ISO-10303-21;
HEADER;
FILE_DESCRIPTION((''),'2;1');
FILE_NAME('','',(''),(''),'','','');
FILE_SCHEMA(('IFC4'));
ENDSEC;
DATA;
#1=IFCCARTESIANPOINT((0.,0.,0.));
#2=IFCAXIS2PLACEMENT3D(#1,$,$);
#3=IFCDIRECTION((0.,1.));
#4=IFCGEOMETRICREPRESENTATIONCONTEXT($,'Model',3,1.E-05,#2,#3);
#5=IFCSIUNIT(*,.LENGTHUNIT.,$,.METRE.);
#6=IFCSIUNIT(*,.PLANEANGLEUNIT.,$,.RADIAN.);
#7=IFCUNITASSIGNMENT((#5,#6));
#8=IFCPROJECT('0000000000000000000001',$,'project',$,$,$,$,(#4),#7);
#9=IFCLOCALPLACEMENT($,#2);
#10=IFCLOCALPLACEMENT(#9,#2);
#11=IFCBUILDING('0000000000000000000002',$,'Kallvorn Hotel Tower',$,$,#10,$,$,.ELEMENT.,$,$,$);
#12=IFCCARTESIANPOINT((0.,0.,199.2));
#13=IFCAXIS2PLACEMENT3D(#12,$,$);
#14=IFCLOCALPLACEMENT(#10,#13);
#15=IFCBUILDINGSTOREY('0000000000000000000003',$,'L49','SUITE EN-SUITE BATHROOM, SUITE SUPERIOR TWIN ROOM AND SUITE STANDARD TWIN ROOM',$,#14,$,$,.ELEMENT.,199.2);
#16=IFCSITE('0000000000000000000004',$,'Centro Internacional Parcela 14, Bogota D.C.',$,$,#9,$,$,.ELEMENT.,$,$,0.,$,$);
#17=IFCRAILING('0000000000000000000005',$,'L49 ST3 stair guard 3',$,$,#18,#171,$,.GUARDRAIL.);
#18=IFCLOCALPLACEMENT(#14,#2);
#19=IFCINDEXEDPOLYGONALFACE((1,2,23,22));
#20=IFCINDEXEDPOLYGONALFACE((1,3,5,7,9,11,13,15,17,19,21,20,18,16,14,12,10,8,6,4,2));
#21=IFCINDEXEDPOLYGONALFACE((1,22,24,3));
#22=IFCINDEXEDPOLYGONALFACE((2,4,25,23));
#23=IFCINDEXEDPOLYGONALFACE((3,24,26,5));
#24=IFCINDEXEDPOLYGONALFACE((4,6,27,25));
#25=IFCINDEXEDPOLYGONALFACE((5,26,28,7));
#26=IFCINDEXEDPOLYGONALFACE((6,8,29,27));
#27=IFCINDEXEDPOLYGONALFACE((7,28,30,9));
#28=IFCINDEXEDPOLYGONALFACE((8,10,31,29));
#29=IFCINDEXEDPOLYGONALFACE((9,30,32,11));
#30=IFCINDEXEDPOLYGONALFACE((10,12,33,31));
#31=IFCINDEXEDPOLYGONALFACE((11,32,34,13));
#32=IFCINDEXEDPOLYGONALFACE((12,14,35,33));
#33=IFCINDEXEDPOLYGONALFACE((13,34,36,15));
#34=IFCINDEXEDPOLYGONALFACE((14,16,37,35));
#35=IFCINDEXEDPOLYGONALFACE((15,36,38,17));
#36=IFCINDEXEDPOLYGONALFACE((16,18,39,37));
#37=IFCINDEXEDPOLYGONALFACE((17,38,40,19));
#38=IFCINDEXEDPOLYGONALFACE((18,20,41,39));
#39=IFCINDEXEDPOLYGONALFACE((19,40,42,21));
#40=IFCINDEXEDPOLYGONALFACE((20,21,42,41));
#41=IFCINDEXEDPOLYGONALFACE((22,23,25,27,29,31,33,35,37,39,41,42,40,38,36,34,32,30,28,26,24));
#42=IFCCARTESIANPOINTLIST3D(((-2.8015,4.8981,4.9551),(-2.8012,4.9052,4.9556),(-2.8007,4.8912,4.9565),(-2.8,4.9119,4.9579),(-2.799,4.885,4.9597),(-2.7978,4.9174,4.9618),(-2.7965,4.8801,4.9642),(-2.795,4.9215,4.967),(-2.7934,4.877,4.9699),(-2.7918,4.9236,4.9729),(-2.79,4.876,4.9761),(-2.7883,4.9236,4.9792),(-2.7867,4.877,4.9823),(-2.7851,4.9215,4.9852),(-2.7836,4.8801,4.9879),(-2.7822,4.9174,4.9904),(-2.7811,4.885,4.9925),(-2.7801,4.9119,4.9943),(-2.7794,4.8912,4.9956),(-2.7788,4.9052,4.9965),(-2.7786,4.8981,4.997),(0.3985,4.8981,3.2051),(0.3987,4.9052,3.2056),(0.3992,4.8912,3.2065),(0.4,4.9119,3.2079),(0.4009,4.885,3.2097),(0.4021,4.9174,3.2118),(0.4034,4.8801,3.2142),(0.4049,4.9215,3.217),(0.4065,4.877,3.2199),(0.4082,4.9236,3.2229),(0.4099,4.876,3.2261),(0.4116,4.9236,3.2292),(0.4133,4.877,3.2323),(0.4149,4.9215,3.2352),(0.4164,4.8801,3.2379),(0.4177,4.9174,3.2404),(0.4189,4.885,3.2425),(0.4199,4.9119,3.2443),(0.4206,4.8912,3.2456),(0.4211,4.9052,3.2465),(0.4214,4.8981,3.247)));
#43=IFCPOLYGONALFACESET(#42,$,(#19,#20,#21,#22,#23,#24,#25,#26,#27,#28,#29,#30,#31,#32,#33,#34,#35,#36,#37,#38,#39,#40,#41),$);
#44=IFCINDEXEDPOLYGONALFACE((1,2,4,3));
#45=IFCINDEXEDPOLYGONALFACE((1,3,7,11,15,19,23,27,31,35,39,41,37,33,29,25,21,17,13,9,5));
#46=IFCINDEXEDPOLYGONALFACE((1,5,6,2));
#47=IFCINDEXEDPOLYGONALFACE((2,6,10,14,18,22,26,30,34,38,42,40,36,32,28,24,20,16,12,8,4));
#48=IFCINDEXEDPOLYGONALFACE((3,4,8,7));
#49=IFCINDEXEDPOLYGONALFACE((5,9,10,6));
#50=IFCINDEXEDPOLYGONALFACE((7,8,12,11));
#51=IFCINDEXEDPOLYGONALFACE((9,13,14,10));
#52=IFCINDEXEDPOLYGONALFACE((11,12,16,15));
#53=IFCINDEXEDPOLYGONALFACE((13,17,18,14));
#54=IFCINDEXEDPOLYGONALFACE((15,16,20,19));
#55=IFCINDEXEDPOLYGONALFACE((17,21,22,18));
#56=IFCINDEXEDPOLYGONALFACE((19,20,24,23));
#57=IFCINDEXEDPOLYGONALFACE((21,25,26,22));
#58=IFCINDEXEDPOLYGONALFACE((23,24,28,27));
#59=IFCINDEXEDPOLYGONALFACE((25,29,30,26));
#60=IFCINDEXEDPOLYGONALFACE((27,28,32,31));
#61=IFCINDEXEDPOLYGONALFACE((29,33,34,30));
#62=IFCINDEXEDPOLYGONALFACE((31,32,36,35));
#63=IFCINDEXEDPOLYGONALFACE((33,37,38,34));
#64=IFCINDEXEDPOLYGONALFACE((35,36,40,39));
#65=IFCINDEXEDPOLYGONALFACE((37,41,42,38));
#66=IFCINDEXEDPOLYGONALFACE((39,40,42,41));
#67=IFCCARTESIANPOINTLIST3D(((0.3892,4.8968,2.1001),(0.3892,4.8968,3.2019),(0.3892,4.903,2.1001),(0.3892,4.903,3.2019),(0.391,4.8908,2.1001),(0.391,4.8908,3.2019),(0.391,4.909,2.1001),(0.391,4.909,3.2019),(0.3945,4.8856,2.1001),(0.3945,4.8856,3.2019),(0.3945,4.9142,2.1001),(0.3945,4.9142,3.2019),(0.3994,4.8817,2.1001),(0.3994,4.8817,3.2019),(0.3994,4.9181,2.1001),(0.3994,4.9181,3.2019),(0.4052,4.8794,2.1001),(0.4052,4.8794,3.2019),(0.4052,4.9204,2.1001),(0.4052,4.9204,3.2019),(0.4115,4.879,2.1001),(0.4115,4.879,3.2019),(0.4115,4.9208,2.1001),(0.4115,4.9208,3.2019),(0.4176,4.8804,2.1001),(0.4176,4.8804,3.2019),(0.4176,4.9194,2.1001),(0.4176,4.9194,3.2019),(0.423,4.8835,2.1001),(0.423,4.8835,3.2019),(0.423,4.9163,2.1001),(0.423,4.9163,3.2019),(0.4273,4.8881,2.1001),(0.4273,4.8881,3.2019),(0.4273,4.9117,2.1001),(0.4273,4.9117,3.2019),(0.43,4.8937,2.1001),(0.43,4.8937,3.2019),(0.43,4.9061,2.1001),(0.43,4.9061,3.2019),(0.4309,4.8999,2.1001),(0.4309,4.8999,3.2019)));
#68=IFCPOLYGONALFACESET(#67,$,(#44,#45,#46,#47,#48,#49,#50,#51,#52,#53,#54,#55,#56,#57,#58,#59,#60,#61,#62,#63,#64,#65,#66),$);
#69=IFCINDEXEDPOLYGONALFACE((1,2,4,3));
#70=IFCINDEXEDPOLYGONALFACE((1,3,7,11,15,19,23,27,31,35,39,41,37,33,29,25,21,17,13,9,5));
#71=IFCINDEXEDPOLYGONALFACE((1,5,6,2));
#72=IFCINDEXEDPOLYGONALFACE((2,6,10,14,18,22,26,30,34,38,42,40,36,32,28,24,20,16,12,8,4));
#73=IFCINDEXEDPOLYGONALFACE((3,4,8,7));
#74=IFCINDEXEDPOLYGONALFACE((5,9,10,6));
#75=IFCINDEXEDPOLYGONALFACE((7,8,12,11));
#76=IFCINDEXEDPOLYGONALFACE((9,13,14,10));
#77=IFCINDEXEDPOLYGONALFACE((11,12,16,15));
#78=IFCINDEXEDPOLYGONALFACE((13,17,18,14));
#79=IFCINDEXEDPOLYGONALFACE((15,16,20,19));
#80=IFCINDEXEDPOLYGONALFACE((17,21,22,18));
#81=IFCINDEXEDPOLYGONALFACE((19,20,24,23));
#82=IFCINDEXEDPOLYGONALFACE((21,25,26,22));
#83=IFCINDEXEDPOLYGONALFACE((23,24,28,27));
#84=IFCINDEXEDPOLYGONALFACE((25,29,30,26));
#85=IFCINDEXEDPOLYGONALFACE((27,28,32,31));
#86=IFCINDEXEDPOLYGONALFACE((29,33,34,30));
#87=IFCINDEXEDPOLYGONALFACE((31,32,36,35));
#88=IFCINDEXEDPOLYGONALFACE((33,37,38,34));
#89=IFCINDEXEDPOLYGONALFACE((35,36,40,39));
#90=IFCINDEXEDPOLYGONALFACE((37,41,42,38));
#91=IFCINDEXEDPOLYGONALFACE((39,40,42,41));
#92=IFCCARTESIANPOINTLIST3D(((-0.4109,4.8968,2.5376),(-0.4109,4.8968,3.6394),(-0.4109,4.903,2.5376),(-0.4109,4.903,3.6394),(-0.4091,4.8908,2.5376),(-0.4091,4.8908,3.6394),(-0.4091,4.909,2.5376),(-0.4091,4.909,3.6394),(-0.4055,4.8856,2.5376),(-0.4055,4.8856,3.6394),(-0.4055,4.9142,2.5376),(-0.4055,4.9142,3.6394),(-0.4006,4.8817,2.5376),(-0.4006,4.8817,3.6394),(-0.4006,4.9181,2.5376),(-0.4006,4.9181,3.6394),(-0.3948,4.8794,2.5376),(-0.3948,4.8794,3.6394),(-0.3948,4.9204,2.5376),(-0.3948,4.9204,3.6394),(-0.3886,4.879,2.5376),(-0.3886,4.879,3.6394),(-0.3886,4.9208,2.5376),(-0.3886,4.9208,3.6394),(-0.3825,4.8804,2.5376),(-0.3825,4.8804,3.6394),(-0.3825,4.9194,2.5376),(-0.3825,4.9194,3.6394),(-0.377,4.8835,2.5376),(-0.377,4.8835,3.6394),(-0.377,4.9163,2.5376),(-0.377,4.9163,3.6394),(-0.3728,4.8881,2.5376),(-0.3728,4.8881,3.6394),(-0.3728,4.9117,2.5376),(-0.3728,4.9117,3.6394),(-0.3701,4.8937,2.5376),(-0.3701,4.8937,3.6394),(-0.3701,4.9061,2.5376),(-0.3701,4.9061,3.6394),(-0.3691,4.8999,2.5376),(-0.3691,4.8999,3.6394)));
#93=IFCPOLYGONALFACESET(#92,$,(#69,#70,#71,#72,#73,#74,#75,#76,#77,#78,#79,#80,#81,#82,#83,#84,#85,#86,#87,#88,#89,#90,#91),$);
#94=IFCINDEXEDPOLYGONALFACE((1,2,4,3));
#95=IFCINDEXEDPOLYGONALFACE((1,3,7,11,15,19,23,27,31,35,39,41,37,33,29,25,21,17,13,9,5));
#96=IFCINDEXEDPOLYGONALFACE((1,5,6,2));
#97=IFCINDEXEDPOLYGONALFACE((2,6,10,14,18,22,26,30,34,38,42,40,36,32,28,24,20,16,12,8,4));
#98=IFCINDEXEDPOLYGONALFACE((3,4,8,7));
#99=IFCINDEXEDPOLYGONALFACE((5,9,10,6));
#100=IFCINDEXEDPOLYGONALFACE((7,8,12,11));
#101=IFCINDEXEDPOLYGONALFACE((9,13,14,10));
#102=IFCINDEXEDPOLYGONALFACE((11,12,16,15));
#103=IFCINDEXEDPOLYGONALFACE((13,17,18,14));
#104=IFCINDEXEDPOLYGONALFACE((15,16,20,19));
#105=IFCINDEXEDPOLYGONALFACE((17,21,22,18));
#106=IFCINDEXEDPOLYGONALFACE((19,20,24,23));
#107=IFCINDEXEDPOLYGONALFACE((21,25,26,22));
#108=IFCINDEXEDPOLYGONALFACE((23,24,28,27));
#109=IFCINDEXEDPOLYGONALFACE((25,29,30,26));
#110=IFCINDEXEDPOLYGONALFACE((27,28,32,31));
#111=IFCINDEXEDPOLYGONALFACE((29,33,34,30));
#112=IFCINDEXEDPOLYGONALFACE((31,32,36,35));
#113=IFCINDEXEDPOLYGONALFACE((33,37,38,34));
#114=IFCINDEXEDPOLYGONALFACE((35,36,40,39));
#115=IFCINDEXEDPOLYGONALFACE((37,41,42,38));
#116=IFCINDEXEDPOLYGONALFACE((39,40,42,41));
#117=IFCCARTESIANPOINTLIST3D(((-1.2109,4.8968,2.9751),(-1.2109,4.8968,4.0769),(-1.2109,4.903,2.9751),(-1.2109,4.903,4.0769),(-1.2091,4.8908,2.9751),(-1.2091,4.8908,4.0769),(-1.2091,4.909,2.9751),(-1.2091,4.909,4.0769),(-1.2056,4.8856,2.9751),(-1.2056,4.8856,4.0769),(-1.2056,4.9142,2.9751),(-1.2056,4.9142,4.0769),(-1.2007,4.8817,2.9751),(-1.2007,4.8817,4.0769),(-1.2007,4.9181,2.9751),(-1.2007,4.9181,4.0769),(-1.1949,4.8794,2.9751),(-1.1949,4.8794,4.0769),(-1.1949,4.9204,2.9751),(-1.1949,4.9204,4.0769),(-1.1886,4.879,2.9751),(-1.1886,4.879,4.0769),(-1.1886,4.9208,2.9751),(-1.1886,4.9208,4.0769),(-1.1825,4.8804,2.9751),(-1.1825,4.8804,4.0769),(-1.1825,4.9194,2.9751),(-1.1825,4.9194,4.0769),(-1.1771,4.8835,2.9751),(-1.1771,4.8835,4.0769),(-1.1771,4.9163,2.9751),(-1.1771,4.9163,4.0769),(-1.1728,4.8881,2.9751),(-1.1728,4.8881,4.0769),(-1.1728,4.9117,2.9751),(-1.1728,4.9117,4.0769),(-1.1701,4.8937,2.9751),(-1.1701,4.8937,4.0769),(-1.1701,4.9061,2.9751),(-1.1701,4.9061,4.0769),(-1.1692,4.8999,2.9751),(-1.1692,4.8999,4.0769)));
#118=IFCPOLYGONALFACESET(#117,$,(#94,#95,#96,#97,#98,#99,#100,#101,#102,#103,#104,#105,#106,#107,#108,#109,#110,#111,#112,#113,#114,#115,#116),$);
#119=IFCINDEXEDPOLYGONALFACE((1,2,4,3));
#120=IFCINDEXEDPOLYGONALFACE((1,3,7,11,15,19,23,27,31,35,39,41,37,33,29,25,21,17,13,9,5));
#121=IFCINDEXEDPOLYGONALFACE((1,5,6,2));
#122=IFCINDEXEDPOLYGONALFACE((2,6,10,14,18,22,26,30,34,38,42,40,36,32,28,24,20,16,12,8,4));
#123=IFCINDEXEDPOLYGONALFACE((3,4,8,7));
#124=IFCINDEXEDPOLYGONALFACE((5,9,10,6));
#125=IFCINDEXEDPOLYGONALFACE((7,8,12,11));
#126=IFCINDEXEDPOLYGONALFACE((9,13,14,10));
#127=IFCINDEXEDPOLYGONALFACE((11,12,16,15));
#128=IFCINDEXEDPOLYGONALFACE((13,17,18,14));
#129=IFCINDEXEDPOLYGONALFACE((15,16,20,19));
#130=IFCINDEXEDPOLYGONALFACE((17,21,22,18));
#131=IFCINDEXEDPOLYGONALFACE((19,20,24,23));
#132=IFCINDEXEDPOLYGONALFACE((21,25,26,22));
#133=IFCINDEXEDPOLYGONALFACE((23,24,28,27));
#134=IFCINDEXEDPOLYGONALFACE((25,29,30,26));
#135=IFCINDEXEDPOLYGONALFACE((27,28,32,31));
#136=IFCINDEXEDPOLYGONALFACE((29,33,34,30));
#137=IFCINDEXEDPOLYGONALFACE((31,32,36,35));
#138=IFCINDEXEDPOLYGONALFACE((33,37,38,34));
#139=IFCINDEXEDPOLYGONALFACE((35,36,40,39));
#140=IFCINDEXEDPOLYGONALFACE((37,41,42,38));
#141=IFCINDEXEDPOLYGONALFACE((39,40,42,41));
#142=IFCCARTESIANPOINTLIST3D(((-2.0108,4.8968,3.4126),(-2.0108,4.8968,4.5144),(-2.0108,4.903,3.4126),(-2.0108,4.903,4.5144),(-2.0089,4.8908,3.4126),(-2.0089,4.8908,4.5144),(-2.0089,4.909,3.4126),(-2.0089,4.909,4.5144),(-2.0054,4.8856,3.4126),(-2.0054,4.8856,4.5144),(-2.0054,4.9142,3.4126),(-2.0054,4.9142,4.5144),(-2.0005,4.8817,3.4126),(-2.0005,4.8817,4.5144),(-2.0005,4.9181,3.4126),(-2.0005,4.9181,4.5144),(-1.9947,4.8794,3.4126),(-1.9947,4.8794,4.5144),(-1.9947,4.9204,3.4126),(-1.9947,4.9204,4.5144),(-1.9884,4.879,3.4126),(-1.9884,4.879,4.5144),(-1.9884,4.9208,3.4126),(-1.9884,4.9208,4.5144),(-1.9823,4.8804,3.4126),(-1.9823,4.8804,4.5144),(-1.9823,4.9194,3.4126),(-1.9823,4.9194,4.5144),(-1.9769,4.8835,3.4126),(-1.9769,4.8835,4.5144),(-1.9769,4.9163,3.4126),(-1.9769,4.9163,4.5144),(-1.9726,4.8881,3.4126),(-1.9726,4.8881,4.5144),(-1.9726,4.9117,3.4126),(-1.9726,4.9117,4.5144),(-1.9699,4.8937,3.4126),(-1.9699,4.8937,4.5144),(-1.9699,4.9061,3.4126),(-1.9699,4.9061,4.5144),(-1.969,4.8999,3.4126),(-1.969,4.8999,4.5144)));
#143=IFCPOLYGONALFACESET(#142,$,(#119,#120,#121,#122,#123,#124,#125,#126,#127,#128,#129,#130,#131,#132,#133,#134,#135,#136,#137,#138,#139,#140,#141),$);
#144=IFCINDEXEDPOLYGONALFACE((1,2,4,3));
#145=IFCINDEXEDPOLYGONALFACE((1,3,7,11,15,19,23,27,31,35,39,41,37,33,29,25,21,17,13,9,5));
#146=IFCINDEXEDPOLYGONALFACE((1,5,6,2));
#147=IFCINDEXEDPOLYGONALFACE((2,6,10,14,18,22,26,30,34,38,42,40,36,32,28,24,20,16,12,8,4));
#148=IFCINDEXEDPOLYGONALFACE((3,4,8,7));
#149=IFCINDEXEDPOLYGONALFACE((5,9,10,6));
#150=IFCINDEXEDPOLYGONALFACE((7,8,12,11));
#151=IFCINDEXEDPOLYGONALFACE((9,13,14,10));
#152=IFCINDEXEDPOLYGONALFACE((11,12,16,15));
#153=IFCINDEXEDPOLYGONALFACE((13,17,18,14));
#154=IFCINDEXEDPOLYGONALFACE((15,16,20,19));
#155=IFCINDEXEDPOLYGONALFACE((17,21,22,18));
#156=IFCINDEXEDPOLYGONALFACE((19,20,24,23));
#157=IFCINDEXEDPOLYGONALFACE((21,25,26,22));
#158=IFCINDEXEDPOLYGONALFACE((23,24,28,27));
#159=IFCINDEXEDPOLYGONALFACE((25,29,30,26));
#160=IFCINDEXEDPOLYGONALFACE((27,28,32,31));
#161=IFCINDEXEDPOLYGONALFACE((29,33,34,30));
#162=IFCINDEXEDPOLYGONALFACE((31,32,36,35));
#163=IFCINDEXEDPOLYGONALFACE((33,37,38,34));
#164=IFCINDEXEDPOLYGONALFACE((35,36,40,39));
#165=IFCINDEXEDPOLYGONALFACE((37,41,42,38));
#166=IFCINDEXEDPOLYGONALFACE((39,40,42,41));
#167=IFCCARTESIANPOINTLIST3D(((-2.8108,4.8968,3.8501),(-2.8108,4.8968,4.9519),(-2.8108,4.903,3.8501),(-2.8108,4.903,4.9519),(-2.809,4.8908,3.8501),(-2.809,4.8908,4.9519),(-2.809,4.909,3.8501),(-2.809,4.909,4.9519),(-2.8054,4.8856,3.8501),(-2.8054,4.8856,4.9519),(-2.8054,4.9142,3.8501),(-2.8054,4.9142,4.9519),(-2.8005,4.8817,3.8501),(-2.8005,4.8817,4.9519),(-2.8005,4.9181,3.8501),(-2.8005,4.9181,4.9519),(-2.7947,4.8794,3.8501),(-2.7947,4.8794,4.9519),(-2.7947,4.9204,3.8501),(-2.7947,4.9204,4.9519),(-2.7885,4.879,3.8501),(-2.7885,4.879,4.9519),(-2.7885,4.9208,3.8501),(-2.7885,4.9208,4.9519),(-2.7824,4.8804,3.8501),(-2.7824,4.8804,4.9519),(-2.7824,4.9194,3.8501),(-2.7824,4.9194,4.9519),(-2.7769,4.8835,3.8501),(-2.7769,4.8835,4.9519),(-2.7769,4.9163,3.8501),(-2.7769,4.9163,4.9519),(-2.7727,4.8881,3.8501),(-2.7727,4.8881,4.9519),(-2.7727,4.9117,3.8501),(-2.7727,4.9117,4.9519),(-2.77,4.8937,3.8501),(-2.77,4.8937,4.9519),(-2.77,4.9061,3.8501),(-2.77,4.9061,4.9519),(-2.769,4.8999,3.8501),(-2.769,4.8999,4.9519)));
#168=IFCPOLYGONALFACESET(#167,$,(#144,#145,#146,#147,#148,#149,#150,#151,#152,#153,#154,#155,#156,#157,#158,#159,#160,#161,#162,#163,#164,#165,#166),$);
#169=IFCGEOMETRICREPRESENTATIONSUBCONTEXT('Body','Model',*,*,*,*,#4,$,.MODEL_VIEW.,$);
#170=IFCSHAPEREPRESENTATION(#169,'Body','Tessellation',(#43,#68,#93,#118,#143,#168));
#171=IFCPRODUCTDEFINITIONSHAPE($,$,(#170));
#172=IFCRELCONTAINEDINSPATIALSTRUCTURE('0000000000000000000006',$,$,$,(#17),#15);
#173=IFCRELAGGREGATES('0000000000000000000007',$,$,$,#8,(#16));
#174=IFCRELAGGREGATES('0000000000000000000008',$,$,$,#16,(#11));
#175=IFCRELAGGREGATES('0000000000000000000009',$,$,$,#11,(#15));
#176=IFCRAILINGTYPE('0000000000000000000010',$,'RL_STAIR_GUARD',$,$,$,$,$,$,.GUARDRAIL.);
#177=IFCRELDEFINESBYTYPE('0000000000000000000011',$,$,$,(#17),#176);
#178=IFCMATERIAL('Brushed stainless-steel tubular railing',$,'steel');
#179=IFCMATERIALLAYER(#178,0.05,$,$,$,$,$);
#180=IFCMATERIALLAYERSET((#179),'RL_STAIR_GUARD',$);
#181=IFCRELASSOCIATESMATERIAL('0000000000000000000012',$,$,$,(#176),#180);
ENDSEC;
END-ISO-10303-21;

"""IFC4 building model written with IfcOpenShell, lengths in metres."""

from ifc_helpers import new_model, si_unit, direction, frame, origin, origin_2d, place, context, subcontext, project, spatial, circle, extrude, material, layer, layer_set, type_object, element, save


model = new_model("IFC4")

# Units and contexts
model_context = context("Model", 3, precision=1e-05, world=origin(), true_north=direction((0.0, 1.0)))
body_context = subcontext(model_context, "Body", "Model", "MODEL_VIEW")
ifc_project = project(units=[si_unit("LENGTHUNIT", "METRE"), si_unit("PLANEANGLEUNIT", "RADIAN")], contexts=[model_context])

# Site, building, storey
site_placement = place(None, origin())
site = spatial("IfcSite", under=ifc_project, at=site_placement, Name="Centro Internacional Parcela 14, Bogota D.C.", CompositionType="ELEMENT", RefElevation=0.0)
building_placement = place(site_placement, origin())
building = spatial("IfcBuilding", under=site, at=building_placement, Name="Kallvorn Hotel Tower", CompositionType="ELEMENT")
storey_placement = place(building_placement, frame((0.0, 0.0, 199.2)))
storey = spatial("IfcBuildingStorey", under=building, at=storey_placement, Name="L49", Description="SUITE EN-SUITE BATHROOM, SUITE SUPERIOR TWIN ROOM AND SUITE STANDARD TWIN ROOM", CompositionType="ELEMENT", Elevation=199.2)

# Railing
ifc_material_1 = material(Name="Brushed stainless-steel tubular railing", Category="steel")
ifc_layer_1 = layer(ifc_material_1, 0.05)
ifc_layer_set_1 = layer_set([ifc_layer_1], Name="RL_STAIR_GUARD")
railing_type_1 = type_object("IfcRailingType", Name="RL_STAIR_GUARD", PredefinedType="GUARDRAIL", material=ifc_layer_set_1)
railing_1_placement = place(storey_placement, frame((0.4099, 4.8999, 2.1001)))
element("IfcRailing", 1, at=railing_1_placement, inside=storey, type_object=railing_type_1, Name="L49 ST3 stair guard 3", PredefinedType="GUARDRAIL", context=body_context, shape_type="SweptSolid", body=[
    extrude(circle(Radius=0.0239, at=origin_2d()), frame((0.0, 0.0, 1.126), z_axis=(-0.877368, 0.0, 0.479818), x_axis=(0.0, -1.0, 0.0)), (0.0, 0.0, 1.0), 3.6472),
    extrude(circle(Radius=0.021, at=origin_2d()), origin(), (0.0, 0.0, 1.0), 1.1018),
    extrude(circle(Radius=0.021, at=origin_2d()), frame((-0.8, 0.0, 0.4375)), (0.0, 0.0, 1.0), 1.1018),
    extrude(circle(Radius=0.021, at=origin_2d()), frame((-1.6001, 0.0, 0.875)), (0.0, 0.0, 1.0), 1.1018),
    extrude(circle(Radius=0.021, at=origin_2d()), frame((-2.3999, 0.0, 1.3125)), (0.0, 0.0, 1.0), 1.1018),
    extrude(circle(Radius=0.021, at=origin_2d()), frame((-3.2, 0.0, 1.75)), (0.0, 0.0, 1.0), 1.1018),
])

save(model, "model.ifc")
